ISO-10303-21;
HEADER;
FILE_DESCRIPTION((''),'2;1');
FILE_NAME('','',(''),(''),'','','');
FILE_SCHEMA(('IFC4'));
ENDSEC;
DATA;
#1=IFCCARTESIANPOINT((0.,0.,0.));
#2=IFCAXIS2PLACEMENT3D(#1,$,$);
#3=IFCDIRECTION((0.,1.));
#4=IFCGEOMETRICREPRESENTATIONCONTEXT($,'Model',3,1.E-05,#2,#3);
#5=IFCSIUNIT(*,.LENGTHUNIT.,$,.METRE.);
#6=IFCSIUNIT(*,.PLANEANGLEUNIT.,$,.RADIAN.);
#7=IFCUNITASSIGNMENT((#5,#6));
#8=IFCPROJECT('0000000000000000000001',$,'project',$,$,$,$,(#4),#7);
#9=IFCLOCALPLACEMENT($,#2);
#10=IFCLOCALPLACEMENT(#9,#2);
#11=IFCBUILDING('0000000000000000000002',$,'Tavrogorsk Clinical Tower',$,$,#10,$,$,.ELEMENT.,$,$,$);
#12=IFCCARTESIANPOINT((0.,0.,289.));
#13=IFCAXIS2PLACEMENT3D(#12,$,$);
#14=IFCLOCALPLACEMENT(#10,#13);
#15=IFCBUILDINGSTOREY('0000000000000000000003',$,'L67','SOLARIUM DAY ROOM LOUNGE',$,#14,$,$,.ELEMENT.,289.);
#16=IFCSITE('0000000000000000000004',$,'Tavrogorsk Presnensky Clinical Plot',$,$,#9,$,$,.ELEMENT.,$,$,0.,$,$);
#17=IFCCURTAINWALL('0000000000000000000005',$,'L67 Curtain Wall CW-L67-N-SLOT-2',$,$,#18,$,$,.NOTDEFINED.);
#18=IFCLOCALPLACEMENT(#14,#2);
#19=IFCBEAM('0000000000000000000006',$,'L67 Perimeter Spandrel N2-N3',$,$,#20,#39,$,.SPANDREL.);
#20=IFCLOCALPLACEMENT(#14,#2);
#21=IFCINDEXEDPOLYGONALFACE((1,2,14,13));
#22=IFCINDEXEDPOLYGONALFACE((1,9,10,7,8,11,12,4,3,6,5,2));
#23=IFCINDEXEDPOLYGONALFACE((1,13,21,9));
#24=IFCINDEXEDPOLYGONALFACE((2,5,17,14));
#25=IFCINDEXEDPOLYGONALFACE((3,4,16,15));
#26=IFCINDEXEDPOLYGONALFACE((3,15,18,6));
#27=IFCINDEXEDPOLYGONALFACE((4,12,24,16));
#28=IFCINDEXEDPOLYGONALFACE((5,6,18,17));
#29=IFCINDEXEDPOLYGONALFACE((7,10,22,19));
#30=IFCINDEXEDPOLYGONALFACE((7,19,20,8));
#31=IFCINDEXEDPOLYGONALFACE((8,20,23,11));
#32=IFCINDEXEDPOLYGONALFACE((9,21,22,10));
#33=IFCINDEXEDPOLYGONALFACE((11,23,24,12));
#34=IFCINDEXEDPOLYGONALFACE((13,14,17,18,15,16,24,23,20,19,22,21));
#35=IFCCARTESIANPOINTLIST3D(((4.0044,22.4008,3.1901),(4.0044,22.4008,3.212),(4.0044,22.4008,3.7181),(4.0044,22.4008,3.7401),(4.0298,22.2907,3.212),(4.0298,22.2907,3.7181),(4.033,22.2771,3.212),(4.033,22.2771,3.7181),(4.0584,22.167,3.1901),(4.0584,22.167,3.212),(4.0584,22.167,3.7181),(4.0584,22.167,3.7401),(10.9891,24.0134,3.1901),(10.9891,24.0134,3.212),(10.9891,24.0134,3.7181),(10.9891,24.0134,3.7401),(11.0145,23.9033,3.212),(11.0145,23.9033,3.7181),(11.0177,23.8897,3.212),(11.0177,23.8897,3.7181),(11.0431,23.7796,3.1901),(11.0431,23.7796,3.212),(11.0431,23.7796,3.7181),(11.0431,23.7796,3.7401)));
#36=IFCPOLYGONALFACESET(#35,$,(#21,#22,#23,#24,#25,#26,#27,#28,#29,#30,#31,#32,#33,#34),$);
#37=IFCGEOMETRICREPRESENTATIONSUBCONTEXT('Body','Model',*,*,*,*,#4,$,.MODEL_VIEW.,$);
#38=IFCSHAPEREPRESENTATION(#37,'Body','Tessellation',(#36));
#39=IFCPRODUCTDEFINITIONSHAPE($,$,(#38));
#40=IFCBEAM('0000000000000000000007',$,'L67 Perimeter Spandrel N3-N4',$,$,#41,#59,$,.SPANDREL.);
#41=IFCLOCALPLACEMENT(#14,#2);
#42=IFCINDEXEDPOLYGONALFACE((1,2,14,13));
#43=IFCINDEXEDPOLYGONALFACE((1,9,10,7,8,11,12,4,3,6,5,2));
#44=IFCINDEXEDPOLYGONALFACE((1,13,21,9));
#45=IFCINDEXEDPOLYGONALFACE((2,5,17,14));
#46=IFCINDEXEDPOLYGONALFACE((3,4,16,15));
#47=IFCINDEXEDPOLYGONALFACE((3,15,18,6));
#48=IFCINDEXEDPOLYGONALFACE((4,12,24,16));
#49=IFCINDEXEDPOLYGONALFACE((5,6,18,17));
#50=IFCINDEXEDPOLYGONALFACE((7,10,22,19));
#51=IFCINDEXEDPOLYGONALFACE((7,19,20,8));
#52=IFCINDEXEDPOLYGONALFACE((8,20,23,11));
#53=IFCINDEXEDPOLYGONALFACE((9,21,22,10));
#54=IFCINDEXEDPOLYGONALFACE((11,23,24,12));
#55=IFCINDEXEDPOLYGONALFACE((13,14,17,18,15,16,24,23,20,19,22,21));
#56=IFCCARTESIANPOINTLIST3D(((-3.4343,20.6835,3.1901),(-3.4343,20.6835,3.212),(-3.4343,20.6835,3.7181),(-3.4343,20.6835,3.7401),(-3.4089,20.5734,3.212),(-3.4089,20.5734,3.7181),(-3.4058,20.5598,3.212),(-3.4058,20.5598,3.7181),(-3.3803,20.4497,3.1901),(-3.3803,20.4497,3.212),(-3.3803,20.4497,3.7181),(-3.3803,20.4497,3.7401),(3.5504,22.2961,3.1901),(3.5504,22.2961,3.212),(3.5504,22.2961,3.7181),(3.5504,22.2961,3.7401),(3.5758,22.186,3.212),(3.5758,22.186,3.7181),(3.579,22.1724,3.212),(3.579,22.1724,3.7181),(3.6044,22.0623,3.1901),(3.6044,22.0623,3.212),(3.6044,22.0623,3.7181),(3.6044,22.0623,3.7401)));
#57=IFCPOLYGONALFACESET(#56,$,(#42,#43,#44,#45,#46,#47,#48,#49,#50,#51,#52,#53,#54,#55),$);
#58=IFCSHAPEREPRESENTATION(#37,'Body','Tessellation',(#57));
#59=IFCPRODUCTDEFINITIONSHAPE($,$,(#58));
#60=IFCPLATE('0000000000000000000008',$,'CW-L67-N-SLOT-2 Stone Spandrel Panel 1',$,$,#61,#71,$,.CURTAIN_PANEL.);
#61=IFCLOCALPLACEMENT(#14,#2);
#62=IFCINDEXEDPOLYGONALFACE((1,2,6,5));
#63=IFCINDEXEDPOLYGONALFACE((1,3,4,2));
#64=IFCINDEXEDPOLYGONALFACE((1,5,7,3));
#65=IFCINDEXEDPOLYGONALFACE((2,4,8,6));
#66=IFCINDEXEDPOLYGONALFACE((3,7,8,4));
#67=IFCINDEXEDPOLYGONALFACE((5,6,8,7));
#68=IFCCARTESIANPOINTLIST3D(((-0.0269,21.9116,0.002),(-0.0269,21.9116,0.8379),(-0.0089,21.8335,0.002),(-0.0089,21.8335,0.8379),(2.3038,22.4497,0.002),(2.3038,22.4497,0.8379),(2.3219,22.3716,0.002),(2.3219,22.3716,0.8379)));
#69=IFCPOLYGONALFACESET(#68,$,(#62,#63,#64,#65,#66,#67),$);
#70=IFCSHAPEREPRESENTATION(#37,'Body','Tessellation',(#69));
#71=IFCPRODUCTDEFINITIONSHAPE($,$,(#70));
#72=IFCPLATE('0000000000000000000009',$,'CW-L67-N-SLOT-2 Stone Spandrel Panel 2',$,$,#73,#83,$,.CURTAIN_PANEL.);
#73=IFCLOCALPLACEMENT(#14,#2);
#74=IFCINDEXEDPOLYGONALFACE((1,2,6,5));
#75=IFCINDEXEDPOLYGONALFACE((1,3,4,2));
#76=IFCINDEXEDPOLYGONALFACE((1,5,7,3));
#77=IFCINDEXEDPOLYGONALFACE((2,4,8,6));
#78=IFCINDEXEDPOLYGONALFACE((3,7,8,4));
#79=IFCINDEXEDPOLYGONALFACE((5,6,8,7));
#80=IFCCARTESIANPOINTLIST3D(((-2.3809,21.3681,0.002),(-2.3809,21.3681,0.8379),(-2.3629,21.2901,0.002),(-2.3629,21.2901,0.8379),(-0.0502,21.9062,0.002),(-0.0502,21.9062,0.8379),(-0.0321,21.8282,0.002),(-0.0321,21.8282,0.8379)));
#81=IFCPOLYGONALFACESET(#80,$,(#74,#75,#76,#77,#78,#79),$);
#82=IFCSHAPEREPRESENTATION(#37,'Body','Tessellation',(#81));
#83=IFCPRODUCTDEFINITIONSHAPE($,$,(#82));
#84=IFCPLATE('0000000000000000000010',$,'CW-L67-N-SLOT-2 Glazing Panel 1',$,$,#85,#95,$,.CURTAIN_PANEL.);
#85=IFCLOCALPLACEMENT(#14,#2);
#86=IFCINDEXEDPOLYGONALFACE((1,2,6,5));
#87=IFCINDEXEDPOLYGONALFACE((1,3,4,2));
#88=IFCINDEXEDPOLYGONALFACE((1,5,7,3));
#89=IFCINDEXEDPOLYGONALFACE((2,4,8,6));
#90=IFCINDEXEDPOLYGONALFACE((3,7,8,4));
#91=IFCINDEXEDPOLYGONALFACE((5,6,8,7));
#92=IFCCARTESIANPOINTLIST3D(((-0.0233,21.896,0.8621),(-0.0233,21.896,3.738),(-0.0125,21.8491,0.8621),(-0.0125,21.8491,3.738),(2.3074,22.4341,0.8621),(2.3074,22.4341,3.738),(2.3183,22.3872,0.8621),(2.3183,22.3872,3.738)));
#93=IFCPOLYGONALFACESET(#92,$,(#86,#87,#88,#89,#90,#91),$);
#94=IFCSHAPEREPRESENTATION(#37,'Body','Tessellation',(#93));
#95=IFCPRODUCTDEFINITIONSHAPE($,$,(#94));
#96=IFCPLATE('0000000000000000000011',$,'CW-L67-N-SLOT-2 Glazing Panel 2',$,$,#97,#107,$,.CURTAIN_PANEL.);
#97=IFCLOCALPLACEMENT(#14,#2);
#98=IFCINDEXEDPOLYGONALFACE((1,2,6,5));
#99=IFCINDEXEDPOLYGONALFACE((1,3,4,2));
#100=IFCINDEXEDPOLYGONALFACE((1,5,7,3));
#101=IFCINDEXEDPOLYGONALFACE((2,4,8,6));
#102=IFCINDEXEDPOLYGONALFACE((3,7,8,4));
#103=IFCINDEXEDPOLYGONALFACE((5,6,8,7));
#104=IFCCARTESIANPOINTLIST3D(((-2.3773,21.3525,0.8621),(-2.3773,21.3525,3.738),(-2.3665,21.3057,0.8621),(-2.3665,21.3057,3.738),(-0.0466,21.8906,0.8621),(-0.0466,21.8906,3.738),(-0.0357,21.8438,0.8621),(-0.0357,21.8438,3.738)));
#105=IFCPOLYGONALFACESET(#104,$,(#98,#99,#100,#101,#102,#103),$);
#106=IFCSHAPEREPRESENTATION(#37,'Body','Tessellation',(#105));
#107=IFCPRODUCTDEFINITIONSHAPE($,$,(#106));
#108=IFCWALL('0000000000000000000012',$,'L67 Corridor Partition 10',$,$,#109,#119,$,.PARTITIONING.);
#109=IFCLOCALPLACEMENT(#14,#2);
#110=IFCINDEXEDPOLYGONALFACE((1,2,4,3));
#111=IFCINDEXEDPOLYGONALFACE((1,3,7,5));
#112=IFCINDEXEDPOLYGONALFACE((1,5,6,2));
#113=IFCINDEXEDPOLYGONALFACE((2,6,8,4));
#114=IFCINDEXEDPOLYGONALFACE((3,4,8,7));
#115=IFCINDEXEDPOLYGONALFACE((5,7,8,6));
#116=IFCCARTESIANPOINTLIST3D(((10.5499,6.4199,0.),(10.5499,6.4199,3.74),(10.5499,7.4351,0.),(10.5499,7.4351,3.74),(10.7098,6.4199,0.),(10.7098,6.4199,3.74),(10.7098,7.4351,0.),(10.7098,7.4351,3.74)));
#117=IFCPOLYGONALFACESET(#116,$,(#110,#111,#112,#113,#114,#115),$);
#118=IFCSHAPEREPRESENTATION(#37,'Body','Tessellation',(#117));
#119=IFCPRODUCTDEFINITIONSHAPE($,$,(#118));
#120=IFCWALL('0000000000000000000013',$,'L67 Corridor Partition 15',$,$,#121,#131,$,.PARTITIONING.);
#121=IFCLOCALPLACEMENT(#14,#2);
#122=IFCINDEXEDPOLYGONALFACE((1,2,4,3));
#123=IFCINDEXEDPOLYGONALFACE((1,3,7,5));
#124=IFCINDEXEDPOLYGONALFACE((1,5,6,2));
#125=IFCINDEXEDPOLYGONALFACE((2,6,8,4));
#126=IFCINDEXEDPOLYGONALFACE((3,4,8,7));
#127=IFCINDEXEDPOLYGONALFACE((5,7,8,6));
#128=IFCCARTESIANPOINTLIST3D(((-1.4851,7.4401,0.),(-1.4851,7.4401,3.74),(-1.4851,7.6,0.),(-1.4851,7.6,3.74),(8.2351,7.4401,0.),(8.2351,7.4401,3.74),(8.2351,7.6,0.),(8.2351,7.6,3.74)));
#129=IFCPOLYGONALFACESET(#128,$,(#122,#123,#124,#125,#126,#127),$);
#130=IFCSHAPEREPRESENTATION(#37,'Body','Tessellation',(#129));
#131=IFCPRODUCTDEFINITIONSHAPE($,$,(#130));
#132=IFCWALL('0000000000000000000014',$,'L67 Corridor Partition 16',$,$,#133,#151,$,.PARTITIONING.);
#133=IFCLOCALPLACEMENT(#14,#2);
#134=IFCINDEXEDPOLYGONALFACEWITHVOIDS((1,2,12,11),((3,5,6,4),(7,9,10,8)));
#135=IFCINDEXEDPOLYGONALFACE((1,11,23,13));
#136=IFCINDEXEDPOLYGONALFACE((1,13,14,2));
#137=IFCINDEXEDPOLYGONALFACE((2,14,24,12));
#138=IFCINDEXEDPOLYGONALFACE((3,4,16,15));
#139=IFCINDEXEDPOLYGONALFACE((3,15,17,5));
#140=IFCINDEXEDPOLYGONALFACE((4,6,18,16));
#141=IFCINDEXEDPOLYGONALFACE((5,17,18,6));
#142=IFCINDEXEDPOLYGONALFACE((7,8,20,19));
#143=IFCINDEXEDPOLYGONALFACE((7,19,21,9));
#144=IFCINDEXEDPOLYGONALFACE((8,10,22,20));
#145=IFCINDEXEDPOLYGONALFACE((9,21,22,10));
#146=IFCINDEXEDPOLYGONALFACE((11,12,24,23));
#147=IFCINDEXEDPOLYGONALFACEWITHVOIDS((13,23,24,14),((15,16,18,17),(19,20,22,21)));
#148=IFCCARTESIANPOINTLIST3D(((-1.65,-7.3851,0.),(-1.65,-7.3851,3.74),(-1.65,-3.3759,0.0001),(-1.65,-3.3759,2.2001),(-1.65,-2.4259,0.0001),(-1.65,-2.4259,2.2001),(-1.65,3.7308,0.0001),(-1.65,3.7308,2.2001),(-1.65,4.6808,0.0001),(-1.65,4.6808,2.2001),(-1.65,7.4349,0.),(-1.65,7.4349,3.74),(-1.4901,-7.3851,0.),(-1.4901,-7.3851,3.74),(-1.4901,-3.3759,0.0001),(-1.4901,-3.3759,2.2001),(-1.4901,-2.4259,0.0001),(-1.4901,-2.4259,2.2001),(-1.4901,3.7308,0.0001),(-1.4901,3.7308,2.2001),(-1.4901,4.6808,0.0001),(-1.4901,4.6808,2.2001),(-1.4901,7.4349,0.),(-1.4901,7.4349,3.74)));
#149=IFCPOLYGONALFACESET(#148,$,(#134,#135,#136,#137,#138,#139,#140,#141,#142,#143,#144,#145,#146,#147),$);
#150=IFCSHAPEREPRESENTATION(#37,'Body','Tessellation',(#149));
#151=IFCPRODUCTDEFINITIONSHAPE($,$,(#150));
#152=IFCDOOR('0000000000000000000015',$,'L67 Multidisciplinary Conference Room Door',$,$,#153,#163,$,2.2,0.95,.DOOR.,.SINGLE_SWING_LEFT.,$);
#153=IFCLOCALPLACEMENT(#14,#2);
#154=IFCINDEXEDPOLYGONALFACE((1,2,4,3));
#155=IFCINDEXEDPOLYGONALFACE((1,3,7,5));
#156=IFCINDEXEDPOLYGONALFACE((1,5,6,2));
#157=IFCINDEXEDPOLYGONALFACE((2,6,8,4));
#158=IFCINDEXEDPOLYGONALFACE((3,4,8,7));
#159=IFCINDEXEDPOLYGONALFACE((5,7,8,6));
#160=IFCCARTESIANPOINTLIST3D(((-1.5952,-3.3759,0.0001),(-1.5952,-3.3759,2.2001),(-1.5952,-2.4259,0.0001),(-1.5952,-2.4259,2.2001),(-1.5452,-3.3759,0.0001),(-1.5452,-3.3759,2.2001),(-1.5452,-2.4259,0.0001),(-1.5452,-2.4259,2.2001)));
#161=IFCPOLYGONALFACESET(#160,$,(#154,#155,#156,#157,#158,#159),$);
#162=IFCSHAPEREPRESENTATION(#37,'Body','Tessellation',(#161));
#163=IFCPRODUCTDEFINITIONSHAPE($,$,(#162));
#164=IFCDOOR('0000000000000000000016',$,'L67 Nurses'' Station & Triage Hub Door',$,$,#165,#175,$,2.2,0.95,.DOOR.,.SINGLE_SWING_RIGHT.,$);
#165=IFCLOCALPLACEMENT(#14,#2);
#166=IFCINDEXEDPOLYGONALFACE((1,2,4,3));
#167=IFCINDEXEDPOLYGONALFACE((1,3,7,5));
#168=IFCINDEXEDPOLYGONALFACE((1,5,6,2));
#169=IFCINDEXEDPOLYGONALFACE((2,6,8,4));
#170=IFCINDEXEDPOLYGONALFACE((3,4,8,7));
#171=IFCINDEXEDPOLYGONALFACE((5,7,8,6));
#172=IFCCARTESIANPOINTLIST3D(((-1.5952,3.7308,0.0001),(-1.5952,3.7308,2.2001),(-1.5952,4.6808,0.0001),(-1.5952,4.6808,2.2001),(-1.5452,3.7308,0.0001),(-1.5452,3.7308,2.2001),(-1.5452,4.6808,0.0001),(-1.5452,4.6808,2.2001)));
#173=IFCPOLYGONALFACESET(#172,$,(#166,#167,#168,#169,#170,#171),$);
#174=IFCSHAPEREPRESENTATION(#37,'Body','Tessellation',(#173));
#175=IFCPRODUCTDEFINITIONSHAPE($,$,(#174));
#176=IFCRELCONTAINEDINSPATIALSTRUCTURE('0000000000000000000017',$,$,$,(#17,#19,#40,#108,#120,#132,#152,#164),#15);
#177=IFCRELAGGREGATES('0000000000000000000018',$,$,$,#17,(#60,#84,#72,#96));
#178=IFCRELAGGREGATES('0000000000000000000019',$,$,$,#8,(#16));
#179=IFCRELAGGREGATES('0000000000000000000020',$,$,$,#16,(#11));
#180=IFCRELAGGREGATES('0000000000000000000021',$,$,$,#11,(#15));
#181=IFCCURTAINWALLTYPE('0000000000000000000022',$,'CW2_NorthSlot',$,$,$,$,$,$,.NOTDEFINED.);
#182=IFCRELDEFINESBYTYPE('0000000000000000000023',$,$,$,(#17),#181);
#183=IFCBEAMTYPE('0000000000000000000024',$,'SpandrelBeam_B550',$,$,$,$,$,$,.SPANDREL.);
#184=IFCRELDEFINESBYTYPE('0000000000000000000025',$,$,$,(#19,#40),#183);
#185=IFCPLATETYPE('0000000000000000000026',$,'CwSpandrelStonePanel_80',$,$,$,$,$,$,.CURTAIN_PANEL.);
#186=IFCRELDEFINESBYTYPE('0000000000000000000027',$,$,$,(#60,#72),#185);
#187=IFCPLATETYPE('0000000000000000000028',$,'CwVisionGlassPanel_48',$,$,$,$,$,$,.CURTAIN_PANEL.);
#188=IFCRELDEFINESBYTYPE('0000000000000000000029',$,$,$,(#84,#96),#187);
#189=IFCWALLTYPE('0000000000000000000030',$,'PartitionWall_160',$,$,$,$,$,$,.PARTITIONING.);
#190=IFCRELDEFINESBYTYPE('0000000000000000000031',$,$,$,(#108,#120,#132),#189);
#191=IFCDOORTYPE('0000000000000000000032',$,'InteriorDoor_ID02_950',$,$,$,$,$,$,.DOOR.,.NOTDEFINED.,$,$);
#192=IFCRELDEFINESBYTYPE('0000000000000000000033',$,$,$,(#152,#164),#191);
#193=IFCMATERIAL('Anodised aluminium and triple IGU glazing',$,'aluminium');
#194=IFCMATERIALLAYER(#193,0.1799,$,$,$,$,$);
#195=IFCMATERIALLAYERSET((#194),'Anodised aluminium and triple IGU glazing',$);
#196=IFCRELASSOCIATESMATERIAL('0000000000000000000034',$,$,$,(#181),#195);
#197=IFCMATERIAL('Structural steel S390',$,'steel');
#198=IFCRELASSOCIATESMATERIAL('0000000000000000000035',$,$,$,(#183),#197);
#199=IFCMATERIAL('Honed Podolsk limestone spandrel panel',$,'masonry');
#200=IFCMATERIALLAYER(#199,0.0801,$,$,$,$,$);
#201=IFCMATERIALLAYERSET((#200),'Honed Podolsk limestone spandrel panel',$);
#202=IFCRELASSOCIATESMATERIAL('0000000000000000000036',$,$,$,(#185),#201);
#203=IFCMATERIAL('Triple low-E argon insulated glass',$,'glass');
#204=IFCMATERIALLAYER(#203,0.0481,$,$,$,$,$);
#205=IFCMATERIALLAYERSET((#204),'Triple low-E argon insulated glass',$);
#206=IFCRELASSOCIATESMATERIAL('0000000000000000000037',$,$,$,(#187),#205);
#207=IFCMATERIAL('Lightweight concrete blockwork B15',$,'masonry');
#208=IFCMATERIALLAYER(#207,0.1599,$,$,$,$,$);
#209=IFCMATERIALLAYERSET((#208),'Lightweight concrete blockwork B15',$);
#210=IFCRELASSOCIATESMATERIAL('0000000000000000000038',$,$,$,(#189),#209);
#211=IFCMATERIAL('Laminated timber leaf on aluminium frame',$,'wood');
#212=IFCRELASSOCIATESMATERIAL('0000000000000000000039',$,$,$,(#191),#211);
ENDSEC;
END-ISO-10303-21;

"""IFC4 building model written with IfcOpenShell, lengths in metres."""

from ifc_helpers import new_model, si_unit, direction, frame, frame_2d, origin, origin_2d, place, context, subcontext, project, spatial, rectangle, i_section, extrude, material, layer, layer_set, material_profile, profile_set, type_object, element, fill, aggregate, save


model = new_model("IFC4")

# Units and contexts
model_context = context("Model", 3, precision=1e-05, world=origin(), true_north=direction((0.0, 1.0)))
body_context = subcontext(model_context, "Body", "Model", "MODEL_VIEW")
ifc_project = project(units=[si_unit("LENGTHUNIT", "METRE"), si_unit("PLANEANGLEUNIT", "RADIAN")], contexts=[model_context])

# Site, building, storey
site_placement = place(None, origin())
site = spatial("IfcSite", under=ifc_project, at=site_placement, Name="Tavrogorsk Presnensky Clinical Plot", CompositionType="ELEMENT", RefElevation=0.0)
building_placement = place(site_placement, origin())
building = spatial("IfcBuilding", under=site, at=building_placement, Name="Tavrogorsk Clinical Tower", CompositionType="ELEMENT")
storey_placement = place(building_placement, frame((0.0, 0.0, 289.0)))
storey = spatial("IfcBuildingStorey", under=building, at=storey_placement, Name="L67", Description="SOLARIUM DAY ROOM LOUNGE", CompositionType="ELEMENT", Elevation=289.0)

# Curtain wall
ifc_material_1 = material(Name="Anodised aluminium and triple IGU glazing", Category="aluminium")
ifc_layer_1 = layer(ifc_material_1, 0.1799)
ifc_layer_set_1 = layer_set([ifc_layer_1], Name="Anodised aluminium and triple IGU glazing")
curtain_wall_type = type_object("IfcCurtainWallType", Name="CW2_NorthSlot", PredefinedType="NOTDEFINED", material=ifc_layer_set_1)
curtain_wall_placement = place(storey_placement, origin())
curtain_wall = element("IfcCurtainWall", 1, at=curtain_wall_placement, inside=storey, type_object=curtain_wall_type, Name="L67 Curtain Wall CW-L67-N-SLOT-2", PredefinedType="NOTDEFINED")

# Beams
ifc_material_2 = material(Name="Structural steel S390", Category="steel")
ifc_material_profile_1 = material_profile(ifc_material_2, i_section(OverallWidth=0.24, OverallDepth=0.55, WebThickness=0.0139, FlangeThickness=0.022, at=origin_2d()), Name="B-550x240x14x22")
ifc_profile_set_1 = profile_set([ifc_material_profile_1], Name="Structural steel S390")
beam_type_1 = type_object("IfcBeamType", Name="SpandrelBeam_B550", PredefinedType="SPANDREL", material=ifc_profile_set_1)
for number, where, z_axis, x_axis, name in (
    (2, (11.0161, 23.8965, 3.4651), (-0.974369, -0.224954, 0.0), (0.224954, -0.974369, 0.0), "L67 Perimeter Spandrel N2-N3"),
    (3, (3.5774, 22.1792, 3.4651), (-0.974369, -0.224954, 0.0), (0.224954, -0.974369, 0.0), "L67 Perimeter Spandrel N3-N4"),
):
    element("IfcBeam", number, at=place(storey_placement, frame(where, z_axis=z_axis, x_axis=x_axis)), inside=storey, type_object=beam_type_1, Name=name, PredefinedType="SPANDREL", context=body_context, shape_type="SweptSolid", body=[
        extrude(i_section(OverallWidth=0.24, OverallDepth=0.55, WebThickness=0.0139, FlangeThickness=0.022, at=origin_2d()), origin(), (0.0, 0.0, 1.0), 7.1685),
    ])

# Plates
ifc_material_3 = material(Name="Honed Podolsk limestone spandrel panel", Category="masonry")
ifc_layer_2 = layer(ifc_material_3, 0.0801)
ifc_layer_set_2 = layer_set([ifc_layer_2], Name="Honed Podolsk limestone spandrel panel")
plate_type_1 = type_object("IfcPlateType", Name="CwSpandrelStonePanel_80", PredefinedType="CURTAIN_PANEL", material=ifc_layer_set_2)
plate_1_placement = place(storey_placement, frame((1.1475, 22.1416, 0.002), z_axis=(0.0, 0.0, 1.0), x_axis=(-0.97437, -0.224951, 0.0)))
plate_1 = element("IfcPlate", 4, at=plate_1_placement, type_object=plate_type_1, Name="CW-L67-N-SLOT-2 Stone Spandrel Panel 1", PredefinedType="CURTAIN_PANEL", context=body_context, shape_type="SweptSolid", body=[
    extrude(rectangle(XDim=2.3921, YDim=0.0801, at=origin_2d()), origin(), (0.0, 0.0, 1.0), 0.8359),
])
plate_2_placement = place(storey_placement, frame((-1.2065, 21.5981, 0.002), z_axis=(0.0, 0.0, 1.0), x_axis=(-0.97437, -0.224951, 0.0)))
plate_2 = element("IfcPlate", 5, at=plate_2_placement, type_object=plate_type_1, Name="CW-L67-N-SLOT-2 Stone Spandrel Panel 2", PredefinedType="CURTAIN_PANEL", context=body_context, shape_type="SweptSolid", body=[
    extrude(rectangle(XDim=2.3921, YDim=0.0801, at=origin_2d()), origin(), (0.0, 0.0, 1.0), 0.8359),
])
ifc_material_4 = material(Name="Triple low-E argon insulated glass", Category="glass")
ifc_layer_3 = layer(ifc_material_4, 0.0481)
ifc_layer_set_3 = layer_set([ifc_layer_3], Name="Triple low-E argon insulated glass")
plate_type_2 = type_object("IfcPlateType", Name="CwVisionGlassPanel_48", PredefinedType="CURTAIN_PANEL", material=ifc_layer_set_3)
plate_3_placement = place(storey_placement, frame((1.1475, 22.1416, 0.8621), z_axis=(0.0, 0.0, 1.0), x_axis=(-0.97437, -0.224951, 0.0)))
plate_3 = element("IfcPlate", 6, at=plate_3_placement, type_object=plate_type_2, Name="CW-L67-N-SLOT-2 Glazing Panel 1", PredefinedType="CURTAIN_PANEL", context=body_context, shape_type="SweptSolid", body=[
    extrude(rectangle(XDim=2.3921, YDim=0.0481, at=origin_2d()), origin(), (0.0, 0.0, 1.0), 2.876),
])
plate_4_placement = place(storey_placement, frame((-1.2065, 21.5981, 0.8621), z_axis=(0.0, 0.0, 1.0), x_axis=(-0.97437, -0.224951, 0.0)))
plate_4 = element("IfcPlate", 7, at=plate_4_placement, type_object=plate_type_2, Name="CW-L67-N-SLOT-2 Glazing Panel 2", PredefinedType="CURTAIN_PANEL", context=body_context, shape_type="SweptSolid", body=[
    extrude(rectangle(XDim=2.3921, YDim=0.0481, at=origin_2d()), origin(), (0.0, 0.0, 1.0), 2.876),
])
aggregate(curtain_wall, [plate_1, plate_3, plate_2, plate_4])

# Walls
ifc_material_5 = material(Name="Lightweight concrete blockwork B15", Category="masonry")
ifc_layer_4 = layer(ifc_material_5, 0.1599)
ifc_layer_set_4 = layer_set([ifc_layer_4], Name="Lightweight concrete blockwork B15")
wall_type = type_object("IfcWallType", Name="PartitionWall_160", PredefinedType="PARTITIONING", material=ifc_layer_set_4)
wall_1_placement = place(storey_placement, frame((10.6299, 7.4351, 0.0), z_axis=(0.0, 0.0, 1.0), x_axis=(0.0, -1.0, 0.0)))
element("IfcWall", 8, at=wall_1_placement, inside=storey, type_object=wall_type, Name="L67 Corridor Partition 10", PredefinedType="PARTITIONING", context=body_context, shape_type="SweptSolid", body=[
    extrude(rectangle(XDim=1.0151, YDim=0.1599, at=frame_2d((0.5076, 0.0))), origin(), (0.0, 0.0, 1.0), 3.74),
])
wall_2_placement = place(storey_placement, frame((8.2351, 7.52, 0.0), z_axis=(0.0, 0.0, 1.0), x_axis=(-1.0, 0.0, 0.0)))
element("IfcWall", 9, at=wall_2_placement, inside=storey, type_object=wall_type, Name="L67 Corridor Partition 15", PredefinedType="PARTITIONING", context=body_context, shape_type="SweptSolid", body=[
    extrude(rectangle(XDim=9.7202, YDim=0.1599, at=frame_2d((4.8601, 0.0))), origin(), (0.0, 0.0, 1.0), 3.74),
])

# Wall, openings, doors
wall_3_placement = place(storey_placement, frame((-1.5701, 7.4351, 0.0), z_axis=(0.0, 0.0, 1.0), x_axis=(0.0, -1.0, 0.0)))
wall_3 = element("IfcWall", 10, at=wall_3_placement, inside=storey, type_object=wall_type, Name="L67 Corridor Partition 16", PredefinedType="PARTITIONING", context=body_context, shape_type="SweptSolid", body=[
    extrude(rectangle(XDim=14.8201, YDim=0.1599, at=frame_2d((7.4102, 0.0))), origin(), (0.0, 0.0, 1.0), 3.74),
])
opening_1_placement = place(wall_3_placement, frame((9.8608, 0.0, 0.0)))
opening_1 = element("IfcOpeningElement", 11, at=opening_1_placement, cuts=wall_3, PredefinedType="OPENING", context=body_context, shape_type="SweptSolid", body=[
    extrude(rectangle(XDim=0.95, YDim=2.2, at=frame_2d((0.4751, 1.1001))), frame((0.0, 0.0898, 0.0), z_axis=(0.0, -1.0, 0.0), x_axis=(1.0, 0.0, 0.0)), (0.0, 0.0, 1.0), 0.1799),
])
opening_2_placement = place(wall_3_placement, frame((2.7542, 0.0, 0.0)))
opening_2 = element("IfcOpeningElement", 12, at=opening_2_placement, cuts=wall_3, PredefinedType="OPENING", context=body_context, shape_type="SweptSolid", body=[
    extrude(rectangle(XDim=0.95, YDim=2.2, at=frame_2d((0.4751, 1.1001))), frame((0.0, 0.0898, 0.0), z_axis=(0.0, -1.0, 0.0), x_axis=(1.0, 0.0, 0.0)), (0.0, 0.0, 1.0), 0.1799),
])
ifc_material_6 = material(Name="Laminated timber leaf on aluminium frame", Category="wood")
door_type = type_object("IfcDoorType", Name="InteriorDoor_ID02_950", OperationType="NOTDEFINED", PredefinedType="DOOR", material=ifc_material_6)
door_1_placement = place(opening_1_placement, origin())
door_1 = element("IfcDoor", 13, at=door_1_placement, inside=storey, type_object=door_type, Name="L67 Multidisciplinary Conference Room Door", OperationType="SINGLE_SWING_LEFT", OverallHeight=2.2, OverallWidth=0.95, PredefinedType="DOOR", context=body_context, shape_type="SweptSolid", body=[
    extrude(rectangle(XDim=0.95, YDim=2.2, at=frame_2d((0.4751, 1.1001))), frame((0.0, 0.0249, 0.0), z_axis=(0.0, -1.0, 0.0), x_axis=(1.0, 0.0, 0.0)), (0.0, 0.0, 1.0), 0.05),
])
fill(opening_1, door_1)
door_2_placement = place(opening_2_placement, origin())
door_2 = element("IfcDoor", 14, at=door_2_placement, inside=storey, type_object=door_type, Name="L67 Nurses' Station & Triage Hub Door", OperationType="SINGLE_SWING_RIGHT", OverallHeight=2.2, OverallWidth=0.95, PredefinedType="DOOR", context=body_context, shape_type="SweptSolid", body=[
    extrude(rectangle(XDim=0.95, YDim=2.2, at=frame_2d((0.4751, 1.1001))), frame((0.0, 0.0249, 0.0), z_axis=(0.0, -1.0, 0.0), x_axis=(1.0, 0.0, 0.0)), (0.0, 0.0, 1.0), 0.05),
])
fill(opening_2, door_2)

save(model, "model.ifc")
